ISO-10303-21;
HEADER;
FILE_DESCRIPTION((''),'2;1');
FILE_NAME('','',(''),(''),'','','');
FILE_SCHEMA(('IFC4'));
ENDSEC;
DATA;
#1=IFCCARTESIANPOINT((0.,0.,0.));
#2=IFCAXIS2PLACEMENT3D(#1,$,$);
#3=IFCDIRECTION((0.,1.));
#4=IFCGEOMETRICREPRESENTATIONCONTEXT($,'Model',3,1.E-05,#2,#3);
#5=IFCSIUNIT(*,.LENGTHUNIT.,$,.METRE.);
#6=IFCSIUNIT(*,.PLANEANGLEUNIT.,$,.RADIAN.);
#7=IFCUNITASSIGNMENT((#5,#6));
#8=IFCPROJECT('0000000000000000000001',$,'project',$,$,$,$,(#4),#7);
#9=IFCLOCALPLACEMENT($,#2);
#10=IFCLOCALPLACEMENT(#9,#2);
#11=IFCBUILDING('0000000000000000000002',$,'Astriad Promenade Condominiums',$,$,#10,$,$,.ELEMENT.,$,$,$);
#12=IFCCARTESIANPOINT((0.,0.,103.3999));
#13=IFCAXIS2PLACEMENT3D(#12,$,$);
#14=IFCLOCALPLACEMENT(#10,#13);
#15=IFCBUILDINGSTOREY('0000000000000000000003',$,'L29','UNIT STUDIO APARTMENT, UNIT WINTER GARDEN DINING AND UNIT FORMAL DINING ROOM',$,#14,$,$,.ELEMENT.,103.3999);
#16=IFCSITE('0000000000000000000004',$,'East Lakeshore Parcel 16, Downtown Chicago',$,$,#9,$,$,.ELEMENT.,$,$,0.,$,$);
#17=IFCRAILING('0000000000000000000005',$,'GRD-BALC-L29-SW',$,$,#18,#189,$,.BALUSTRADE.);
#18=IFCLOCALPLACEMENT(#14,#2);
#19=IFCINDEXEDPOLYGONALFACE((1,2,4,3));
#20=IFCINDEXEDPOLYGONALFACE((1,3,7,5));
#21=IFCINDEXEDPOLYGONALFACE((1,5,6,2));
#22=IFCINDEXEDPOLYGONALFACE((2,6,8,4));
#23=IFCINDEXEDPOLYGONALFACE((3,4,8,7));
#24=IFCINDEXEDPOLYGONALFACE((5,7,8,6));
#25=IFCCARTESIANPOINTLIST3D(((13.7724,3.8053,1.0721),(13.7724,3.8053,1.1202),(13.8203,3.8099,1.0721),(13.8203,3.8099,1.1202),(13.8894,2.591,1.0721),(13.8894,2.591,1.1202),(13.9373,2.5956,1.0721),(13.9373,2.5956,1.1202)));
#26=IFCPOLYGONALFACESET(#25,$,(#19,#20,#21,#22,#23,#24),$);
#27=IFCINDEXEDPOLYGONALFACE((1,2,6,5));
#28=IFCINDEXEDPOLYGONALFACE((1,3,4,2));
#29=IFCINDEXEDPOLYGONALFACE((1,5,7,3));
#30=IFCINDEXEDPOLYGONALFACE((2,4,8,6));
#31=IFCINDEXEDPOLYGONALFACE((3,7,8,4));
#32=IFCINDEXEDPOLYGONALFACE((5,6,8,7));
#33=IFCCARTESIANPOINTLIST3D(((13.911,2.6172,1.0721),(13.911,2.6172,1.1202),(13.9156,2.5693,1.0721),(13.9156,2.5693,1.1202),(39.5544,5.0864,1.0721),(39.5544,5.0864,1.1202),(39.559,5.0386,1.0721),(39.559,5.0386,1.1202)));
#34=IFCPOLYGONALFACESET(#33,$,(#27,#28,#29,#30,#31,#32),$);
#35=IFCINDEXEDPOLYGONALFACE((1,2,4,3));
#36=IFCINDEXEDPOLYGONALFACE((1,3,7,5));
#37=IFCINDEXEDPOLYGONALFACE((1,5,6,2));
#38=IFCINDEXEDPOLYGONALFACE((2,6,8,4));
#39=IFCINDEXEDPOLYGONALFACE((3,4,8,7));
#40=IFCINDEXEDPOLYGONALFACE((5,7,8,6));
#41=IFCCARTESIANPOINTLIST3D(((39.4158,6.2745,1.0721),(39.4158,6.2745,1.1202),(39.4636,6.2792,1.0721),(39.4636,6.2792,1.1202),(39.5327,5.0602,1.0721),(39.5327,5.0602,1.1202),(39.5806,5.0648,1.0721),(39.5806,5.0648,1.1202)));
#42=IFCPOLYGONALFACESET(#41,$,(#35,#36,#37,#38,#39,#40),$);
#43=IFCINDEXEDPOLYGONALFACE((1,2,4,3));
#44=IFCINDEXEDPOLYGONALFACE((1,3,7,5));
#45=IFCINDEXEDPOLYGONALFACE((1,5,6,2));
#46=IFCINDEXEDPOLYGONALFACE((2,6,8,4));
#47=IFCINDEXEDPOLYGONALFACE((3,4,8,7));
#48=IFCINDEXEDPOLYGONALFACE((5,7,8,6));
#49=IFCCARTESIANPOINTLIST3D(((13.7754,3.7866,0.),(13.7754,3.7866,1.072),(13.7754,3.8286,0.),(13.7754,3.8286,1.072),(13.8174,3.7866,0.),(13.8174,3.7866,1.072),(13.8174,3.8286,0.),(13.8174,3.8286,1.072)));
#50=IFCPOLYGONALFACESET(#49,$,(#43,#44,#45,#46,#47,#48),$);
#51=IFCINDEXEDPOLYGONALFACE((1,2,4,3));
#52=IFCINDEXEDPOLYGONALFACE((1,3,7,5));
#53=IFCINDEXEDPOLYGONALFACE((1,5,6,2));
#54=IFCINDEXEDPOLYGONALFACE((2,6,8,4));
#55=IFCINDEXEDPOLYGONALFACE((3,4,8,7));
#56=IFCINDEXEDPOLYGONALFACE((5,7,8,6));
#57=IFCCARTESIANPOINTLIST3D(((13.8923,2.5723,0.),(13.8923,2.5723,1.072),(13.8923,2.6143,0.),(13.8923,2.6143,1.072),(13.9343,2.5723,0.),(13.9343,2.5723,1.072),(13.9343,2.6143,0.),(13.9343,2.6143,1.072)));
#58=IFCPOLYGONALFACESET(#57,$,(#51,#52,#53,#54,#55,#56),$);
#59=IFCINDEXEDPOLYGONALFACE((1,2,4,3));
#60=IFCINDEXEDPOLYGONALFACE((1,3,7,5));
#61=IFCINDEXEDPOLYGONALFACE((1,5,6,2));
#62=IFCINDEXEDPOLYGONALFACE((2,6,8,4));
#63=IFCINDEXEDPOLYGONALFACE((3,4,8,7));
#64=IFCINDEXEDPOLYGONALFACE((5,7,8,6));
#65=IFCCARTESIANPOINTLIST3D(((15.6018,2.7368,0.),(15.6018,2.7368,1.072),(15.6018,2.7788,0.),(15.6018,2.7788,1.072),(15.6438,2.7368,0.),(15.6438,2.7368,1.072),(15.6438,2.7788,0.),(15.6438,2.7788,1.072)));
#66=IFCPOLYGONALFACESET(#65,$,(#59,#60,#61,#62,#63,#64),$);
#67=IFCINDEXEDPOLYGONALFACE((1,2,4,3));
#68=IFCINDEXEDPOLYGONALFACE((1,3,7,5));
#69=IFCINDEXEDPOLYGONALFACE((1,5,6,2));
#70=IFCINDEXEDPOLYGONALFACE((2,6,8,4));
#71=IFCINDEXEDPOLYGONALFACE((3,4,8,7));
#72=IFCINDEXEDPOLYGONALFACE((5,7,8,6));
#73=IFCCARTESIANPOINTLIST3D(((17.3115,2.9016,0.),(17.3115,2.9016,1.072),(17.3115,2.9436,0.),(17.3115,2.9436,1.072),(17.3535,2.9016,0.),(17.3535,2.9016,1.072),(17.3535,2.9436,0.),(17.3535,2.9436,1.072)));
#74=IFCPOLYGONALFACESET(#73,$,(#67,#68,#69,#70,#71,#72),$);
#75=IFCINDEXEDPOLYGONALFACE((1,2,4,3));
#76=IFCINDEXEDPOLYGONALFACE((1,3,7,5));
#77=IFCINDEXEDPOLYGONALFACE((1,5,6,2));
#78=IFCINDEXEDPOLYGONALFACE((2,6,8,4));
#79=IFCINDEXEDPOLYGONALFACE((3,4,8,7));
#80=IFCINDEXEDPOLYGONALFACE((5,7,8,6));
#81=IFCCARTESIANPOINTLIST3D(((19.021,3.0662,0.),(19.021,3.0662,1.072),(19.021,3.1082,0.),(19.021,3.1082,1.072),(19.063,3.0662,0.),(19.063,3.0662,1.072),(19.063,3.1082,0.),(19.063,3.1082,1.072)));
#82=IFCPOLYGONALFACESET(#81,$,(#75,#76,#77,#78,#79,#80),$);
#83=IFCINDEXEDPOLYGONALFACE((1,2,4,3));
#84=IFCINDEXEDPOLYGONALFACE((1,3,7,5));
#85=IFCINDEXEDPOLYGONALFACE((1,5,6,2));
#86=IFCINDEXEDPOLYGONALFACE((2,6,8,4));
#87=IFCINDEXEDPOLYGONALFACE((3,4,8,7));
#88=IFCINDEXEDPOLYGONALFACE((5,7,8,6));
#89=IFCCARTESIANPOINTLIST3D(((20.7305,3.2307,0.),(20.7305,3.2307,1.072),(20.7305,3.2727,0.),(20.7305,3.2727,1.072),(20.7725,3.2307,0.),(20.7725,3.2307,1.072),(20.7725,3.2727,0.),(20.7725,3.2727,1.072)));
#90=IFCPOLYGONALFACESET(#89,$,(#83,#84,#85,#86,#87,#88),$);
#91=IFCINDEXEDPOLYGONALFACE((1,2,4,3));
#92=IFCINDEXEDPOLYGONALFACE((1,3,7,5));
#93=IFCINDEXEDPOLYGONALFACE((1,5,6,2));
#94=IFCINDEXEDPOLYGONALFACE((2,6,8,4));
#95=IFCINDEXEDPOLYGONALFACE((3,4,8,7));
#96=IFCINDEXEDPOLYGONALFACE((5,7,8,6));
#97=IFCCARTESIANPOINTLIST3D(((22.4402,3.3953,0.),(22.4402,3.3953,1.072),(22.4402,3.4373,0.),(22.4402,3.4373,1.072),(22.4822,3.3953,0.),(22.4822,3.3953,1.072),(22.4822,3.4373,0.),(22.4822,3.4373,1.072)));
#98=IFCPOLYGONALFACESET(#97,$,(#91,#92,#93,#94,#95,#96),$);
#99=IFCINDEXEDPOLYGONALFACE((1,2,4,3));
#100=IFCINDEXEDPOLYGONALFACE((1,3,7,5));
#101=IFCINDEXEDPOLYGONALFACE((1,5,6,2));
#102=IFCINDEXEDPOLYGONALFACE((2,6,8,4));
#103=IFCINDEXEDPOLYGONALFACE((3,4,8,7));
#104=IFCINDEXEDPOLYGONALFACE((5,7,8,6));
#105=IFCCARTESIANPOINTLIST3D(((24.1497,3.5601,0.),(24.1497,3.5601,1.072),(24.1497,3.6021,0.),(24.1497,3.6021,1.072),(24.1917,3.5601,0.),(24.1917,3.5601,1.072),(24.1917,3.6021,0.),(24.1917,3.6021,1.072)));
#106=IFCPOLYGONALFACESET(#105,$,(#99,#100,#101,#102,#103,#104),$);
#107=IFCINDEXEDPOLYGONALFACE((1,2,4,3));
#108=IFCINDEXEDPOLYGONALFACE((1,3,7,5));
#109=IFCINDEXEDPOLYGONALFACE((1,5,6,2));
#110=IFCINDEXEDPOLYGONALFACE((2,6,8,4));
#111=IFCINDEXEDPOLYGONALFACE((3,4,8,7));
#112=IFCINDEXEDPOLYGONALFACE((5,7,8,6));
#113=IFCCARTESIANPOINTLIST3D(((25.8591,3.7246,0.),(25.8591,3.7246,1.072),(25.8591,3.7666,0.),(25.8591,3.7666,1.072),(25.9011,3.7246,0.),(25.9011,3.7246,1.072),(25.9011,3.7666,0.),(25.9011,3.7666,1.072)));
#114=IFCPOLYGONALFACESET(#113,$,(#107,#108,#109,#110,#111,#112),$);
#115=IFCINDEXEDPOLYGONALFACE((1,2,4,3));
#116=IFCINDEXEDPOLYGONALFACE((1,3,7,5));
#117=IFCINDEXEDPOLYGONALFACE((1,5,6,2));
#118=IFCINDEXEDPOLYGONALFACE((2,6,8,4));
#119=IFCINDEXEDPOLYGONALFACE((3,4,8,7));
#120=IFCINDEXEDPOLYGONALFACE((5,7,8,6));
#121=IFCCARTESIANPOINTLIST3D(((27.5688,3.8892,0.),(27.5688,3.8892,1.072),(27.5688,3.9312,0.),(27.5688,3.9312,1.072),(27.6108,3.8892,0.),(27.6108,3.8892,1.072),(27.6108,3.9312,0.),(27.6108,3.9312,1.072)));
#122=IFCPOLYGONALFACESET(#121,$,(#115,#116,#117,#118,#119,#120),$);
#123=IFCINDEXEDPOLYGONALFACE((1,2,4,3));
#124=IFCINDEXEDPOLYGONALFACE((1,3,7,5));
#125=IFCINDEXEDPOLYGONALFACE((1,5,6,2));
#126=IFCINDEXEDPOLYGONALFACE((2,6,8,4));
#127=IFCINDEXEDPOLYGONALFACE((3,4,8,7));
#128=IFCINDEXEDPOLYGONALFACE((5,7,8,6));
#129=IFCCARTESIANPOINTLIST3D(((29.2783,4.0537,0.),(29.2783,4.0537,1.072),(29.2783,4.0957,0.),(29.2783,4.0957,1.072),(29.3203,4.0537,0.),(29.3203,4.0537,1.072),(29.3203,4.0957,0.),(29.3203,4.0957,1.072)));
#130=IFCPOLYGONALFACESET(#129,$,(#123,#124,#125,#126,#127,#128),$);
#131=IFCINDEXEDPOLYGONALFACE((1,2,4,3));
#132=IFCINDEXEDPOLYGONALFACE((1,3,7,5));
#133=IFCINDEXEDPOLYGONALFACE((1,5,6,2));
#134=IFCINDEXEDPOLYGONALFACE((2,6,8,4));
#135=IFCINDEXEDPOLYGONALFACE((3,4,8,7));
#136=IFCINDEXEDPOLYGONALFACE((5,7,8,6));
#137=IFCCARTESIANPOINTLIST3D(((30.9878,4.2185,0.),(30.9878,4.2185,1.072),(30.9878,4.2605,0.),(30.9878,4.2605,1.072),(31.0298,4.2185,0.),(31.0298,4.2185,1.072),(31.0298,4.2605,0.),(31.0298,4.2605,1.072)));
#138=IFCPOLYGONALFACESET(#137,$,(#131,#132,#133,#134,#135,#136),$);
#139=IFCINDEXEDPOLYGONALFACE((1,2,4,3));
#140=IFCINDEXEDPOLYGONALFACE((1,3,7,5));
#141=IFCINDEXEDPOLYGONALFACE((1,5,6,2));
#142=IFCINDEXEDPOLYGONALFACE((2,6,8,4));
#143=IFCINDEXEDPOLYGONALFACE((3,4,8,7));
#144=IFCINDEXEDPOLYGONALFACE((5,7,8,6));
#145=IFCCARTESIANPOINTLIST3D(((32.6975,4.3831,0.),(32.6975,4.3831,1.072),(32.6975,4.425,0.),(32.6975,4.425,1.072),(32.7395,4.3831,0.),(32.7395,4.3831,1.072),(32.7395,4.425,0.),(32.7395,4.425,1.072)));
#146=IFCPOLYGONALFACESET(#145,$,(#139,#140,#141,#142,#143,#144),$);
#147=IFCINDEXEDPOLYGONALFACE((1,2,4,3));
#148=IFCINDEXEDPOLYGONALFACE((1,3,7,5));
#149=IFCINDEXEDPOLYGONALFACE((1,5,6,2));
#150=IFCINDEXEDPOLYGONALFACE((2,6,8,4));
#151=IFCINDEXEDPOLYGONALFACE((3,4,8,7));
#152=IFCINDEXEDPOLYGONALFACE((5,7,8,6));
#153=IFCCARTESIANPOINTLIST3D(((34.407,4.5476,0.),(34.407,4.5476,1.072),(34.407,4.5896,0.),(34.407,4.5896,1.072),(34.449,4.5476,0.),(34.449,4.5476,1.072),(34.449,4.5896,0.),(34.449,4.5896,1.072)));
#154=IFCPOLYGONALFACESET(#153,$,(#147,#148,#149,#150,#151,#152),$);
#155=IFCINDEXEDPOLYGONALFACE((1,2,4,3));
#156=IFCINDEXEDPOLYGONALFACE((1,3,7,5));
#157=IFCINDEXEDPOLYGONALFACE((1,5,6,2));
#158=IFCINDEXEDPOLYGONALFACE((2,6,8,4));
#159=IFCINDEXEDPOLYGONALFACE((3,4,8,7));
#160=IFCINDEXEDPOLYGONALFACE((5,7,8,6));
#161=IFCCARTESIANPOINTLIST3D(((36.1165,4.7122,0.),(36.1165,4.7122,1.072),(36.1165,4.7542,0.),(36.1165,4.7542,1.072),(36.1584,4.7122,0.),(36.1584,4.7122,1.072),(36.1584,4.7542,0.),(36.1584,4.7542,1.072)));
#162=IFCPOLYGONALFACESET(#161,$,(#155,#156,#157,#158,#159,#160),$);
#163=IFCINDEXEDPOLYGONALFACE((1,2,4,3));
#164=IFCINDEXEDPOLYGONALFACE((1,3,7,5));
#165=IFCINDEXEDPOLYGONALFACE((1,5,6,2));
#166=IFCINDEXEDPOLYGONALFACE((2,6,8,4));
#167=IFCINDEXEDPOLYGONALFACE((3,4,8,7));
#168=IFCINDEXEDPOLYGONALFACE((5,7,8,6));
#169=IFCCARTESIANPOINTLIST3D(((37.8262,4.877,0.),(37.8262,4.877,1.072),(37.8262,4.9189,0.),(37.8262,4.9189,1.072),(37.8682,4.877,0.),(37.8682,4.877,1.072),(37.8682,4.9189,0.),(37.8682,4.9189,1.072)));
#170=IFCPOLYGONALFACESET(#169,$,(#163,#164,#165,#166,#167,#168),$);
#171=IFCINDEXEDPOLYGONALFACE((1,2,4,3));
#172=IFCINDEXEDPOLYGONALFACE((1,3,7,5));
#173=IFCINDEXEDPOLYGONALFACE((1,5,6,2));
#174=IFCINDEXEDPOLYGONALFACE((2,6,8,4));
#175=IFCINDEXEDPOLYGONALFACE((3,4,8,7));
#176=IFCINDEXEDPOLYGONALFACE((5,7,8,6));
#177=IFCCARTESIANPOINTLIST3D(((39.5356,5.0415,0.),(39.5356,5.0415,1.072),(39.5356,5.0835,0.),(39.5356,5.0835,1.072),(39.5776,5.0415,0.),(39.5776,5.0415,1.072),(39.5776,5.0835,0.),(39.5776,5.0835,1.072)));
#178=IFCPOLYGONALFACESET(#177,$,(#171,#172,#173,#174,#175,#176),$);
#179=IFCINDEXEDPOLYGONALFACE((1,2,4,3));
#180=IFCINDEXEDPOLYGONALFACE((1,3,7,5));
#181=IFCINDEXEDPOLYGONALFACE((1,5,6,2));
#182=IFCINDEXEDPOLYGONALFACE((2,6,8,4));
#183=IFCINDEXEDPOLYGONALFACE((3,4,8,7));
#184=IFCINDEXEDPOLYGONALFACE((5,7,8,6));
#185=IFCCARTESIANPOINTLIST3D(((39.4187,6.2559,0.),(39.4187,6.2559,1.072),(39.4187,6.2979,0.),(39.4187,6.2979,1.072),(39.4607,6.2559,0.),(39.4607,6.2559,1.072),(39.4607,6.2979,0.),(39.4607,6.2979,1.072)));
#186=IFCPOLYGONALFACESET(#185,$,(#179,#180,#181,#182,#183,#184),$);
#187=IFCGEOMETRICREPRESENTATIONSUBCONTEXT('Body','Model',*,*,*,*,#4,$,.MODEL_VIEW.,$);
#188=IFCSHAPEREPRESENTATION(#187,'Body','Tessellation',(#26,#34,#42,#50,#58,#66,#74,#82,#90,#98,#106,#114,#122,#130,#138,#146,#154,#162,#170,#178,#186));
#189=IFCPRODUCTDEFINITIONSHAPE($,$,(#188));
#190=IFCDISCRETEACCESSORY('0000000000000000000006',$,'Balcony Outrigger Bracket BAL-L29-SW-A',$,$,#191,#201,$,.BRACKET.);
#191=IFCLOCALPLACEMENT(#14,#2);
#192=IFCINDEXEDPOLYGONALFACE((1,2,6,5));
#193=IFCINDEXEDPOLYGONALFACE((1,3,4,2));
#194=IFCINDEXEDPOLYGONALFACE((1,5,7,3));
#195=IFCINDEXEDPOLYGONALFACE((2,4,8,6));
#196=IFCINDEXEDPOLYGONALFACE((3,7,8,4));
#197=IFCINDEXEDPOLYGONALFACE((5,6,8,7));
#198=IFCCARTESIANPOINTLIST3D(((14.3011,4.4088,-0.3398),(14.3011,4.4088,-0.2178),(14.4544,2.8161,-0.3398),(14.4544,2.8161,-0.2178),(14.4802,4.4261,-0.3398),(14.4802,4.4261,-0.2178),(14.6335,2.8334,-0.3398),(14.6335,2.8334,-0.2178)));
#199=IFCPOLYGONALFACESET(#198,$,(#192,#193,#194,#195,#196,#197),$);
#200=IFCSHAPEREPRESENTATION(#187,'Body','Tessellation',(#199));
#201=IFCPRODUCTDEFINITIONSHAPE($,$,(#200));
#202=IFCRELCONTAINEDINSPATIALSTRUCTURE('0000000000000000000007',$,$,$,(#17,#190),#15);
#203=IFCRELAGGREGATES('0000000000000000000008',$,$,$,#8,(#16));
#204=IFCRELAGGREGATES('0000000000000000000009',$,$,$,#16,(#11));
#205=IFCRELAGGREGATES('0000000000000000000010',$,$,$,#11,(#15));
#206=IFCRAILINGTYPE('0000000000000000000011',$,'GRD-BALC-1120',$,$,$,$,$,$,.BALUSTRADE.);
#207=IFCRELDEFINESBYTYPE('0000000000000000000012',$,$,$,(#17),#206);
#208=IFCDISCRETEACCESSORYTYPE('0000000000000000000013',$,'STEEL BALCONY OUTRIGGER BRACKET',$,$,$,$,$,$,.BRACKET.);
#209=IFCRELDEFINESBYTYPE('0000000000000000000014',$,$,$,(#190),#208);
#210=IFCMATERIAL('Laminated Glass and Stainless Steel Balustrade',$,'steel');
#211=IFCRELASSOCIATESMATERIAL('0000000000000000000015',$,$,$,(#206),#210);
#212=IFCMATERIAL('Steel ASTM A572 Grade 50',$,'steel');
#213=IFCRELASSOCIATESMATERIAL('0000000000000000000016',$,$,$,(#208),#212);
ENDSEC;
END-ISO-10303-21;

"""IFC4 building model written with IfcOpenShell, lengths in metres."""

from ifc_helpers import new_model, si_unit, direction, frame, origin, origin_2d, place, context, subcontext, project, spatial, rectangle, extrude, source, transform, mapped, material, type_object, type_shapes, element, save


model = new_model("IFC4")

# Units and contexts
model_context = context("Model", 3, precision=1e-05, world=origin(), true_north=direction((0.0, 1.0)))
body_context = subcontext(model_context, "Body", "Model", "MODEL_VIEW")
ifc_project = project(units=[si_unit("LENGTHUNIT", "METRE"), si_unit("PLANEANGLEUNIT", "RADIAN")], contexts=[model_context])

# Site, building, storey
site_placement = place(None, origin())
site = spatial("IfcSite", under=ifc_project, at=site_placement, Name="East Lakeshore Parcel 16, Downtown Chicago", CompositionType="ELEMENT", RefElevation=0.0)
building_placement = place(site_placement, origin())
building = spatial("IfcBuilding", under=site, at=building_placement, Name="Astriad Promenade Condominiums", CompositionType="ELEMENT")
storey_placement = place(building_placement, frame((0.0, 0.0, 103.3999)))
storey = spatial("IfcBuildingStorey", under=building, at=storey_placement, Name="L29", Description="UNIT STUDIO APARTMENT, UNIT WINTER GARDEN DINING AND UNIT FORMAL DINING ROOM", CompositionType="ELEMENT", Elevation=103.3999)

# Railing
ifc_material_1 = material(Name="Laminated Glass and Stainless Steel Balustrade", Category="steel")
railing_type = type_object("IfcRailingType", Name="GRD-BALC-1120", PredefinedType="BALUSTRADE", material=ifc_material_1)
shared_shape_1 = source(origin(), body_context, "Body", "SweptSolid", [
    extrude(rectangle(XDim=0.0481, YDim=0.0481, at=origin_2d()), frame((0.0, 0.0, 1.0962), z_axis=(0.095857, -0.995395, 0.0), x_axis=(0.995395, 0.095857, 0.0)), (0.0, 0.0, 1.0), 1.22),
    extrude(rectangle(XDim=0.0481, YDim=0.0481, at=origin_2d()), frame((0.1169, -1.2144, 1.0962), z_axis=(0.995396, 0.095848, 0.0), x_axis=(-0.095848, 0.995396, 0.0)), (0.0, 0.0, 1.0), 25.762),
    extrude(rectangle(XDim=0.0481, YDim=0.0481, at=origin_2d()), frame((25.7603, 1.2549, 1.0962), z_axis=(-0.095857, 0.995395, 0.0), x_axis=(-0.995395, -0.095857, 0.0)), (0.0, 0.0, 1.0), 1.22),
    extrude(rectangle(XDim=0.042, YDim=0.042, at=origin_2d()), origin(), (0.0, 0.0, 1.0), 1.072),
    extrude(rectangle(XDim=0.042, YDim=0.042, at=origin_2d()), frame((0.1169, -1.2144, 0.0)), (0.0, 0.0, 1.0), 1.072),
    extrude(rectangle(XDim=0.042, YDim=0.042, at=origin_2d()), frame((1.8264, -1.0498, 0.0)), (0.0, 0.0, 1.0), 1.072),
    extrude(rectangle(XDim=0.042, YDim=0.042, at=origin_2d()), frame((3.5361, -0.885, 0.0)), (0.0, 0.0, 1.0), 1.072),
    extrude(rectangle(XDim=0.042, YDim=0.042, at=origin_2d()), frame((5.2456, -0.7205, 0.0)), (0.0, 0.0, 1.0), 1.072),
    extrude(rectangle(XDim=0.042, YDim=0.042, at=origin_2d()), frame((6.9551, -0.5559, 0.0)), (0.0, 0.0, 1.0), 1.072),
    extrude(rectangle(XDim=0.042, YDim=0.042, at=origin_2d()), frame((8.6648, -0.3914, 0.0)), (0.0, 0.0, 1.0), 1.072),
    extrude(rectangle(XDim=0.042, YDim=0.042, at=origin_2d()), frame((10.3743, -0.2266, 0.0)), (0.0, 0.0, 1.0), 1.072),
    extrude(rectangle(XDim=0.042, YDim=0.042, at=origin_2d()), frame((12.0837, -0.062, 0.0)), (0.0, 0.0, 1.0), 1.072),
    extrude(rectangle(XDim=0.042, YDim=0.042, at=origin_2d()), frame((13.7935, 0.1025, 0.0)), (0.0, 0.0, 1.0), 1.072),
    extrude(rectangle(XDim=0.042, YDim=0.042, at=origin_2d()), frame((15.5029, 0.2671, 0.0)), (0.0, 0.0, 1.0), 1.072),
    extrude(rectangle(XDim=0.042, YDim=0.042, at=origin_2d()), frame((17.2124, 0.4319, 0.0)), (0.0, 0.0, 1.0), 1.072),
    extrude(rectangle(XDim=0.042, YDim=0.042, at=origin_2d()), frame((18.9221, 0.5964, 0.0)), (0.0, 0.0, 1.0), 1.072),
    extrude(rectangle(XDim=0.042, YDim=0.042, at=origin_2d()), frame((20.6316, 0.761, 0.0)), (0.0, 0.0, 1.0), 1.072),
    extrude(rectangle(XDim=0.042, YDim=0.042, at=origin_2d()), frame((22.3411, 0.9255, 0.0)), (0.0, 0.0, 1.0), 1.072),
    extrude(rectangle(XDim=0.042, YDim=0.042, at=origin_2d()), frame((24.0508, 1.0903, 0.0)), (0.0, 0.0, 1.0), 1.072),
    extrude(rectangle(XDim=0.042, YDim=0.042, at=origin_2d()), frame((25.7603, 1.2549, 0.0)), (0.0, 0.0, 1.0), 1.072),
    extrude(rectangle(XDim=0.042, YDim=0.042, at=origin_2d()), frame((25.6433, 2.4692, 0.0)), (0.0, 0.0, 1.0), 1.072),
])
type_shapes(railing_type, [shared_shape_1])
railing_placement = place(storey_placement, frame((13.7964, 3.8076, 0.0)))
element("IfcRailing", 1, at=railing_placement, inside=storey, type_object=railing_type, Name="GRD-BALC-L29-SW", PredefinedType="BALUSTRADE", context=body_context, shape_type="MappedRepresentation", body=[
    mapped(shared_shape_1, transform((0.0, 0.0, 0.0), scale=1.0)),
])

# Discrete accessory
ifc_material_2 = material(Name="Steel ASTM A572 Grade 50", Category="steel")
discrete_accessory_type = type_object("IfcDiscreteAccessoryType", Name="STEEL BALCONY OUTRIGGER BRACKET", PredefinedType="BRACKET", material=ifc_material_2)
shared_shape_2 = source(origin(), body_context, "Body", "SweptSolid", [
    extrude(rectangle(XDim=1.6001, YDim=0.1799, at=origin_2d()), origin(), (0.0, 0.0, 1.0), 0.1221),
])
type_shapes(discrete_accessory_type, [shared_shape_2])
discrete_accessory_placement = place(storey_placement, frame((14.4673, 3.6211, -0.3398), z_axis=(0.0, 0.0, 1.0), x_axis=(0.095846, -0.995396, 0.0)))
element("IfcDiscreteAccessory", 2, at=discrete_accessory_placement, inside=storey, type_object=discrete_accessory_type, Name="Balcony Outrigger Bracket BAL-L29-SW-A", PredefinedType="BRACKET", context=body_context, shape_type="MappedRepresentation", body=[
    mapped(shared_shape_2, transform((0.0, 0.0, 0.0), scale=1.0)),
])

save(model, "model.ifc")
